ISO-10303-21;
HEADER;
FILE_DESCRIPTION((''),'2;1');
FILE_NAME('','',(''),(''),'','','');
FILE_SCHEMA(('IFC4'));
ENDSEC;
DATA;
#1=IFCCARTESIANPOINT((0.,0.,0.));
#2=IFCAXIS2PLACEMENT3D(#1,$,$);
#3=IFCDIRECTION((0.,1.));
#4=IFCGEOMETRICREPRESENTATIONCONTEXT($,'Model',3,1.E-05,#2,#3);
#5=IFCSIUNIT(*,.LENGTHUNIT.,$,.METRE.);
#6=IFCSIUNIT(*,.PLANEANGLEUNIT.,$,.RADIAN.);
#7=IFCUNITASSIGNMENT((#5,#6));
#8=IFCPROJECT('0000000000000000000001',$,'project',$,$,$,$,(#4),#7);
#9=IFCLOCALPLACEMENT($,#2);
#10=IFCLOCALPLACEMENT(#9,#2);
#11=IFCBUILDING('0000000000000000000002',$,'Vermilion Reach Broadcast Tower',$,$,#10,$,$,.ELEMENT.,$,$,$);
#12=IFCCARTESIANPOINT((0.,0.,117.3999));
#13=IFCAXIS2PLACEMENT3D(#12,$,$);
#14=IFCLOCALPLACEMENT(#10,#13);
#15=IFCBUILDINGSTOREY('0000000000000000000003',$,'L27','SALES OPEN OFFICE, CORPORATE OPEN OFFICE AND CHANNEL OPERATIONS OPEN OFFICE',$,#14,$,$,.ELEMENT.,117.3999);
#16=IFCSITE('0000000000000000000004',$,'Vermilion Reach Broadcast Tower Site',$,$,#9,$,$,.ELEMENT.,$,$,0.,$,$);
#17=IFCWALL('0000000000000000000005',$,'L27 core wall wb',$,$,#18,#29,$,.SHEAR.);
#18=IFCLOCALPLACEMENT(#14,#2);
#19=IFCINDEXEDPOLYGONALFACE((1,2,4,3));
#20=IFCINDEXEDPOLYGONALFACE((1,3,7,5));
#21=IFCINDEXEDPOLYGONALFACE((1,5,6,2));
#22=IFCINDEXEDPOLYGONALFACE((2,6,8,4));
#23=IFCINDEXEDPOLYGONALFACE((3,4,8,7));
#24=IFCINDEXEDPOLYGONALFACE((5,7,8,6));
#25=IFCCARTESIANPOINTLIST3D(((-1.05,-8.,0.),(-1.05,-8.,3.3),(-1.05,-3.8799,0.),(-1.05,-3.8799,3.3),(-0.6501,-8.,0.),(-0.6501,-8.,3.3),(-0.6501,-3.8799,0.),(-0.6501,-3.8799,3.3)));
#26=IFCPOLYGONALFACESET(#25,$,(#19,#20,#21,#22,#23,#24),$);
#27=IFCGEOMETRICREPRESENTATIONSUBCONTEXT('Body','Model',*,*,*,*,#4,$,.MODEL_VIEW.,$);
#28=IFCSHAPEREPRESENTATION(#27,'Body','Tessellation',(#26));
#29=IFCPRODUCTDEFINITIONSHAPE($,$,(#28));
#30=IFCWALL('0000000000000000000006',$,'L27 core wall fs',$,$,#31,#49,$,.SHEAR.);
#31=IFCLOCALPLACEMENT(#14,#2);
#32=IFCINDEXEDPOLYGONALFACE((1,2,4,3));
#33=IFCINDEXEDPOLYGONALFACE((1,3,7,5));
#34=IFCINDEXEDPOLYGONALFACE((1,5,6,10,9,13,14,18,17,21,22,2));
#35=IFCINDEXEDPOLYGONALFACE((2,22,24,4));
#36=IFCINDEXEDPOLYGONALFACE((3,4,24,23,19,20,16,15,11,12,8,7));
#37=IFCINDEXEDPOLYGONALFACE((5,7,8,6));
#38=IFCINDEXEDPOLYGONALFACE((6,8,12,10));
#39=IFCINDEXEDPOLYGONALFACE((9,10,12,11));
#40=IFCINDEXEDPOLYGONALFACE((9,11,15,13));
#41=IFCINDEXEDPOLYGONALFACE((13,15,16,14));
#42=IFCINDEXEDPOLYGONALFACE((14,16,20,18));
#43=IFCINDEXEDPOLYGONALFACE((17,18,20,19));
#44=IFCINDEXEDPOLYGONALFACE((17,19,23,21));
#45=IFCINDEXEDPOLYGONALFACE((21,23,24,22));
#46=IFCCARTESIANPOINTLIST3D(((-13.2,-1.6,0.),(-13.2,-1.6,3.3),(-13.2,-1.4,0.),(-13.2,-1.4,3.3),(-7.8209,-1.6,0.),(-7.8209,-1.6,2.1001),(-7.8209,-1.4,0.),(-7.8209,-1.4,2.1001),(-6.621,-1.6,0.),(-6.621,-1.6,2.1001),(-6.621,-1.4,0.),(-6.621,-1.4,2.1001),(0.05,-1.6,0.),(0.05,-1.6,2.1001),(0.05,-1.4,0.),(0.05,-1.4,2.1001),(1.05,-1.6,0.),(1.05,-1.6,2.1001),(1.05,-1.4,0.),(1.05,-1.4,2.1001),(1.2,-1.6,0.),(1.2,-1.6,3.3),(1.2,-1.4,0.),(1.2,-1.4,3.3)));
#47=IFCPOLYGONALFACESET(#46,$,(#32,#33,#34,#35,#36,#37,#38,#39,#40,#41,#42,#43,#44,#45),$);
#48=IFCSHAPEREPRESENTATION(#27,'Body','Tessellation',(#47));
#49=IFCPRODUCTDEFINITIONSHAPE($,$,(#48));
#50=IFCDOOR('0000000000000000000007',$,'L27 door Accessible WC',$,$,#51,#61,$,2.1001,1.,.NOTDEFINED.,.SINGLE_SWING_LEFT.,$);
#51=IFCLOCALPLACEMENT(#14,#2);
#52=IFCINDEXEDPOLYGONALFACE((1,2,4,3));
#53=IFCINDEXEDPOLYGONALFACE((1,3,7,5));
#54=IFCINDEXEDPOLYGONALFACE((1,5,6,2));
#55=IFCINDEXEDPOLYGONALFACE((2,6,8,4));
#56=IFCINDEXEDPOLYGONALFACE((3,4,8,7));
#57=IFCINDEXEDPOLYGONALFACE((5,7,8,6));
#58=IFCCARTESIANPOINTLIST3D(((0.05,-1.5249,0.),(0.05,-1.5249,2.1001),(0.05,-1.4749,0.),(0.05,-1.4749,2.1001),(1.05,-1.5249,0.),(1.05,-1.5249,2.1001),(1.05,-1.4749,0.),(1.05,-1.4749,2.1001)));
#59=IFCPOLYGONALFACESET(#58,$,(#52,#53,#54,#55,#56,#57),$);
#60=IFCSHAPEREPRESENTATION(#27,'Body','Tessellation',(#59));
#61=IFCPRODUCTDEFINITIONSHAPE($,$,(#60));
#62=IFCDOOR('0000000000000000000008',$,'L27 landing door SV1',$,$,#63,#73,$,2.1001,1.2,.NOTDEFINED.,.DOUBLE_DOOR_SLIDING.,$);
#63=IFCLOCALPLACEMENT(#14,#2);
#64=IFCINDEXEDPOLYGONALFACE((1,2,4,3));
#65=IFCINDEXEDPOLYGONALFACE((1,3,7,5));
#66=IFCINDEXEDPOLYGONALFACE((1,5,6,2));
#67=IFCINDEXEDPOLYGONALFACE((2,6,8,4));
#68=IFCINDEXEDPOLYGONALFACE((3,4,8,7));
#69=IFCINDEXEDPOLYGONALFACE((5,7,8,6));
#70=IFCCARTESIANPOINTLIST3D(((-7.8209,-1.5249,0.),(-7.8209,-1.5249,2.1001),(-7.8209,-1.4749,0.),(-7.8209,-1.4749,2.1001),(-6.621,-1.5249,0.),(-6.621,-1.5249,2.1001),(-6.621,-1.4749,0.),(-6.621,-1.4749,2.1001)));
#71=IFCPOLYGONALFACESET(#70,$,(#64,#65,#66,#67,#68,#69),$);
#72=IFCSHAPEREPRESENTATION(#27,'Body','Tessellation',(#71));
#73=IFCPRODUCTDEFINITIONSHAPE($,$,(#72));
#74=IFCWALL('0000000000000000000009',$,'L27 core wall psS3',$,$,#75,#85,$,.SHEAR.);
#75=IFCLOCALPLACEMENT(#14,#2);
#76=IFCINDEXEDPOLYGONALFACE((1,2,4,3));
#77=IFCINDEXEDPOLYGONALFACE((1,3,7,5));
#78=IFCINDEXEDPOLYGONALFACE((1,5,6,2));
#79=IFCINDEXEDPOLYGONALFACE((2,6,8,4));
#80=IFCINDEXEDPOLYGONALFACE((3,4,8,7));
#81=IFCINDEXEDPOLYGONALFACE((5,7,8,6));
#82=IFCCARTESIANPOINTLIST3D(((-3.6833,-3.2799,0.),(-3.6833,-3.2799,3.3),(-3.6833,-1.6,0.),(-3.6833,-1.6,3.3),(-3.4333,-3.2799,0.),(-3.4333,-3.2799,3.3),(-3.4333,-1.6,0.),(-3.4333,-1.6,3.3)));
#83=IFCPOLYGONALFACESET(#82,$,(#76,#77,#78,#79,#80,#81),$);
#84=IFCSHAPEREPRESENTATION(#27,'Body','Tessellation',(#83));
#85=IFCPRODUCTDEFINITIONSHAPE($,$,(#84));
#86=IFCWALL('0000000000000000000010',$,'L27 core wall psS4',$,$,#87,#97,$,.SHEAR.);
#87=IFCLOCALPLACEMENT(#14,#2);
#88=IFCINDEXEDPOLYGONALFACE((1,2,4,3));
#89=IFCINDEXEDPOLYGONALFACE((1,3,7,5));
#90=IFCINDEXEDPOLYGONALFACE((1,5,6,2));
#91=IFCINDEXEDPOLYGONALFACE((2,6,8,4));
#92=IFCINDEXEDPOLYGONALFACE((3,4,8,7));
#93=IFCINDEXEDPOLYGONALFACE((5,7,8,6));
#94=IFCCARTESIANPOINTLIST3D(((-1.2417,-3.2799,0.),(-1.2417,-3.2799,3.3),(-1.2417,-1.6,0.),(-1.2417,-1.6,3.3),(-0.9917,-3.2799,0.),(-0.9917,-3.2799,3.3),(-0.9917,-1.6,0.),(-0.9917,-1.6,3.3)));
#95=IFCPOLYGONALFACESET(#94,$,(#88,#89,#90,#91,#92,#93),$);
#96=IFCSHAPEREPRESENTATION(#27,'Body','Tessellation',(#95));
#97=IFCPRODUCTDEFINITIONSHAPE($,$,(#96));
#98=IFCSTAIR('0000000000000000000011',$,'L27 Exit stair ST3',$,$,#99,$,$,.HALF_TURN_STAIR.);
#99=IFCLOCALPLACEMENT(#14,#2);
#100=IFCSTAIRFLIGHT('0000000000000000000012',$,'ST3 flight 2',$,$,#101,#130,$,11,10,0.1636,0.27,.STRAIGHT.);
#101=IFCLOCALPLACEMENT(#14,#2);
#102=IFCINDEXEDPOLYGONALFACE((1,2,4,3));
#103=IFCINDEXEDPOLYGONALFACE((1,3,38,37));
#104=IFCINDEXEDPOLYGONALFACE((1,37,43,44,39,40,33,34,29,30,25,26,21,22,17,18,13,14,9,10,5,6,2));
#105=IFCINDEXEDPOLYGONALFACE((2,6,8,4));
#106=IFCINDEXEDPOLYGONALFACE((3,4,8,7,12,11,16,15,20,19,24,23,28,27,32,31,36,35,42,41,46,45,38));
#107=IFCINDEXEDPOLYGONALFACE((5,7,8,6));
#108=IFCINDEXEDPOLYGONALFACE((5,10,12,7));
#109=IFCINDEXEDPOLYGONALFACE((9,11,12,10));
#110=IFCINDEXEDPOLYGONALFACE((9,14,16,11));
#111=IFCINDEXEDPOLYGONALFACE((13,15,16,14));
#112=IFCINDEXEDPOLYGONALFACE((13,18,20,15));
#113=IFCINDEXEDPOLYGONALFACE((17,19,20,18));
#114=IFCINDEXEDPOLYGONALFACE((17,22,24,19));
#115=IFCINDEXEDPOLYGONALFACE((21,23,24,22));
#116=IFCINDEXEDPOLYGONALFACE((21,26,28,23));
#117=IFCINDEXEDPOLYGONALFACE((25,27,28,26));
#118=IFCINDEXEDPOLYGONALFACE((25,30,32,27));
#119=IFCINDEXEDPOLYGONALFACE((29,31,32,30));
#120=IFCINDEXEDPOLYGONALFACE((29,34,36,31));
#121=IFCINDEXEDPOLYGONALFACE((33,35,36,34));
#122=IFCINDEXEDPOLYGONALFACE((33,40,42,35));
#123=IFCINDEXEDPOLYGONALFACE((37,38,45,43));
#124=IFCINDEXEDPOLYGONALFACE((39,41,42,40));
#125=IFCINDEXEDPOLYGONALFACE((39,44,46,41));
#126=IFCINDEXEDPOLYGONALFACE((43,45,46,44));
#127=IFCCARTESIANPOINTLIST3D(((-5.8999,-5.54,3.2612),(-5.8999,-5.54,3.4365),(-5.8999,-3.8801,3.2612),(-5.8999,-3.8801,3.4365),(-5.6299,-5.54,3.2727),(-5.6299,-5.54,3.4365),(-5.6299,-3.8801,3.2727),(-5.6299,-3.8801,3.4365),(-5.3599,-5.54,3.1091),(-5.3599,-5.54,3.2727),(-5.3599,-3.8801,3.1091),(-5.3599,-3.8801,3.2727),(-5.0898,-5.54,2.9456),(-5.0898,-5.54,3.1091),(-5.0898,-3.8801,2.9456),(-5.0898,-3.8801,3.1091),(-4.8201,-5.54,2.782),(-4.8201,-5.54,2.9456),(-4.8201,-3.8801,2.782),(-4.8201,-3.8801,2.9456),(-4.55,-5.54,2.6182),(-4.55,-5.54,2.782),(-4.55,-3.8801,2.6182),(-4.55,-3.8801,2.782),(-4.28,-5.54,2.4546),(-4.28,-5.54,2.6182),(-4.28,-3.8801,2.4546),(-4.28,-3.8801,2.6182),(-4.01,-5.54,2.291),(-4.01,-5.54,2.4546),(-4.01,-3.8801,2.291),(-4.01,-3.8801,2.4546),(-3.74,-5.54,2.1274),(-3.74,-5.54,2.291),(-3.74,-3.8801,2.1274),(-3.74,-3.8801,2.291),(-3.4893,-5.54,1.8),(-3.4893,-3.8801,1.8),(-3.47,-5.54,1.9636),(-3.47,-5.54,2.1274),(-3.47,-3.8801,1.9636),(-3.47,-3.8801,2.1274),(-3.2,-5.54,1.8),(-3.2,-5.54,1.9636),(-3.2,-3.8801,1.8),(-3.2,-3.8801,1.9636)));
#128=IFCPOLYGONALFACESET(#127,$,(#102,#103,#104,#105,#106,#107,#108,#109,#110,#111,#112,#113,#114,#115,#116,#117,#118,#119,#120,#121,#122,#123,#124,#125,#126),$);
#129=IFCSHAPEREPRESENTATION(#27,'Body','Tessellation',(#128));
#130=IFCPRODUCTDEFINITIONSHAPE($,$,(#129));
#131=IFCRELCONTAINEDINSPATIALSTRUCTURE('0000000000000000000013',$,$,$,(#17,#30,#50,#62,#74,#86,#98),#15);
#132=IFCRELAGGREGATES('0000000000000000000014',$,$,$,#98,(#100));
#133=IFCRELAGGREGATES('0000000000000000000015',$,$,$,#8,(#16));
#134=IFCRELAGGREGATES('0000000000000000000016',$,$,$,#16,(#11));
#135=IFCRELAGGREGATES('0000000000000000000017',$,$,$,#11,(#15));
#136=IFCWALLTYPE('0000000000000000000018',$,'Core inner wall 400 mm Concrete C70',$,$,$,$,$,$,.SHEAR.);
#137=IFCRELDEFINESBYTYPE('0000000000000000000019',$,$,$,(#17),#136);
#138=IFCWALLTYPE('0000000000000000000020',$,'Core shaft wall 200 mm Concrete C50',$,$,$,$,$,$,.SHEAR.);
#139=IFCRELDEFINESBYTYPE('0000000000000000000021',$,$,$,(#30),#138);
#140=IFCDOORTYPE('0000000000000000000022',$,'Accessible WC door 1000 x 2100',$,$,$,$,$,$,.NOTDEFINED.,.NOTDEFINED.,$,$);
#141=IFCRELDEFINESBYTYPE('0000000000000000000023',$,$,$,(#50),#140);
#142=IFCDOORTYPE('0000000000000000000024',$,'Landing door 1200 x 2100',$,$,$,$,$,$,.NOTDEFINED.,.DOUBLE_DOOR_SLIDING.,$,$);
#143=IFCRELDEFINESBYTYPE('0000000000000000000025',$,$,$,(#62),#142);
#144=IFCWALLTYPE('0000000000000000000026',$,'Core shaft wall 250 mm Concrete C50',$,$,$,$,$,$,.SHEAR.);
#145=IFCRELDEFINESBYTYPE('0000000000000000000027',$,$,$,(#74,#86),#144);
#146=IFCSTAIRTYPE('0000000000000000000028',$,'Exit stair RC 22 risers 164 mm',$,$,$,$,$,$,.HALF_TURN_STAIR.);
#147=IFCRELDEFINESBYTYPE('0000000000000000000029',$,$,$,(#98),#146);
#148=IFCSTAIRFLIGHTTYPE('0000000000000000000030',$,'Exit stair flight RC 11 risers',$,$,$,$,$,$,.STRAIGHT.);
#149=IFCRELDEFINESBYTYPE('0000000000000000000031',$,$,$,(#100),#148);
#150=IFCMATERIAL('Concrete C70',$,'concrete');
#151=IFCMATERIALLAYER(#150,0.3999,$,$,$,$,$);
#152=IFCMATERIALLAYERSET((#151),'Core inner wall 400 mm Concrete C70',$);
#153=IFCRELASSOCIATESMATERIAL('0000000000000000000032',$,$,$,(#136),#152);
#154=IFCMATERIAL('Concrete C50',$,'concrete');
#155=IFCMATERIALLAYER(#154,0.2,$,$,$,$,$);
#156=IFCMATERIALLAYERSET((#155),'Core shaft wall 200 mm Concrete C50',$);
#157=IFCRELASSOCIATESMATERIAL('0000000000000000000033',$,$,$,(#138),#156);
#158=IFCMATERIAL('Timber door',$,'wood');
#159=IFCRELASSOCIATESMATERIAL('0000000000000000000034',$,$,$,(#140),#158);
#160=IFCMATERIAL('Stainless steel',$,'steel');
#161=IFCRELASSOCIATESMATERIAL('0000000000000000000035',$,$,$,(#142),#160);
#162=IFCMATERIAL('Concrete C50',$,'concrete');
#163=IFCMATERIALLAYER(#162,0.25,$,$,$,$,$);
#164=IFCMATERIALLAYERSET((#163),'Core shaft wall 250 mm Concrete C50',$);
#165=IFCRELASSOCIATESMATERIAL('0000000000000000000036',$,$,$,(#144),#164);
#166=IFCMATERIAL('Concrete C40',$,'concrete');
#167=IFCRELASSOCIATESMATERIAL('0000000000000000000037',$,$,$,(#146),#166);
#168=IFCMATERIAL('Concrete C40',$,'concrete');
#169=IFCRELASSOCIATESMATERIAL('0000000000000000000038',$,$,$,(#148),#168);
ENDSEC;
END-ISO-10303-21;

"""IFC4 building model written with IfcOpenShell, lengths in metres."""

from ifc_helpers import new_model, si_unit, direction, frame, frame_2d, origin, place, context, subcontext, project, spatial, polyline, rectangle, outline, extrude, material, layer, layer_set, type_object, element, fill, aggregate, save


model = new_model("IFC4")

# Units and contexts
model_context = context("Model", 3, precision=1e-05, world=origin(), true_north=direction((0.0, 1.0)))
body_context = subcontext(model_context, "Body", "Model", "MODEL_VIEW")
ifc_project = project(units=[si_unit("LENGTHUNIT", "METRE"), si_unit("PLANEANGLEUNIT", "RADIAN")], contexts=[model_context])

# Site, building, storey
site_placement = place(None, origin())
site = spatial("IfcSite", under=ifc_project, at=site_placement, Name="Vermilion Reach Broadcast Tower Site", CompositionType="ELEMENT", RefElevation=0.0)
building_placement = place(site_placement, origin())
building = spatial("IfcBuilding", under=site, at=building_placement, Name="Vermilion Reach Broadcast Tower", CompositionType="ELEMENT")
storey_placement = place(building_placement, frame((0.0, 0.0, 117.3999)))
storey = spatial("IfcBuildingStorey", under=building, at=storey_placement, Name="L27", Description="SALES OPEN OFFICE, CORPORATE OPEN OFFICE AND CHANNEL OPERATIONS OPEN OFFICE", CompositionType="ELEMENT", Elevation=117.3999)

# Wall
ifc_material_1 = material(Name="Concrete C70", Category="concrete")
ifc_layer_1 = layer(ifc_material_1, 0.3999)
ifc_layer_set_1 = layer_set([ifc_layer_1], Name="Core inner wall 400 mm Concrete C70")
wall_type_1 = type_object("IfcWallType", Name="Core inner wall 400 mm Concrete C70", PredefinedType="SHEAR", material=ifc_layer_set_1)
wall_1_placement = place(storey_placement, frame((-0.8501, -3.8799, 0.0), z_axis=(0.0, 0.0, 1.0), x_axis=(0.0, -1.0, 0.0)))
element("IfcWall", 1, at=wall_1_placement, inside=storey, type_object=wall_type_1, Name="L27 core wall wb", PredefinedType="SHEAR", context=body_context, shape_type="SweptSolid", body=[
    extrude(rectangle(XDim=4.1201, YDim=0.3999, at=frame_2d((2.0601, 0.0))), origin(), (0.0, 0.0, 1.0), 3.3),
])

# Wall, openings, doors
ifc_material_2 = material(Name="Concrete C50", Category="concrete")
ifc_layer_2 = layer(ifc_material_2, 0.2)
ifc_layer_set_2 = layer_set([ifc_layer_2], Name="Core shaft wall 200 mm Concrete C50")
wall_type_2 = type_object("IfcWallType", Name="Core shaft wall 200 mm Concrete C50", PredefinedType="SHEAR", material=ifc_layer_set_2)
wall_2_placement = place(storey_placement, frame((1.2, -1.5, 0.0), z_axis=(0.0, 0.0, 1.0), x_axis=(-1.0, 0.0, 0.0)))
wall_2 = element("IfcWall", 2, at=wall_2_placement, inside=storey, type_object=wall_type_2, Name="L27 core wall fs", PredefinedType="SHEAR", context=body_context, shape_type="SweptSolid", body=[
    extrude(rectangle(XDim=14.3999, YDim=0.2, at=frame_2d((7.2, 0.0))), origin(), (0.0, 0.0, 1.0), 3.3),
])
opening_1_placement = place(wall_2_placement, frame((7.8208, 0.0, 0.0)))
opening_1 = element("IfcOpeningElement", 3, at=opening_1_placement, cuts=wall_2, PredefinedType="OPENING", context=body_context, shape_type="SweptSolid", body=[
    extrude(rectangle(XDim=1.2, YDim=2.1001, at=frame_2d((0.6001, 1.05))), frame((0.0, 0.1099, 0.0), z_axis=(0.0, -1.0, 0.0), x_axis=(1.0, 0.0, 0.0)), (0.0, 0.0, 1.0), 0.22),
])
opening_2_placement = place(wall_2_placement, frame((0.1499, 0.0, 0.0)))
opening_2 = element("IfcOpeningElement", 4, at=opening_2_placement, cuts=wall_2, PredefinedType="OPENING", context=body_context, shape_type="SweptSolid", body=[
    extrude(rectangle(XDim=1.0, YDim=2.1001, at=frame_2d((0.5, 1.05))), frame((0.0, 0.1099, 0.0), z_axis=(0.0, -1.0, 0.0), x_axis=(1.0, 0.0, 0.0)), (0.0, 0.0, 1.0), 0.22),
])
ifc_material_3 = material(Name="Timber door", Category="wood")
door_type_1 = type_object("IfcDoorType", Name="Accessible WC door 1000 x 2100", OperationType="NOTDEFINED", PredefinedType="NOTDEFINED", material=ifc_material_3)
door_1_placement = place(opening_2_placement, origin())
door_1 = element("IfcDoor", 5, at=door_1_placement, inside=storey, type_object=door_type_1, Name="L27 door Accessible WC", OperationType="SINGLE_SWING_LEFT", OverallHeight=2.1001, OverallWidth=1.0, PredefinedType="NOTDEFINED", context=body_context, shape_type="SweptSolid", body=[
    extrude(rectangle(XDim=1.0, YDim=2.1001, at=frame_2d((0.5, 1.05))), frame((0.0, 0.0249, 0.0), z_axis=(0.0, -1.0, 0.0), x_axis=(1.0, 0.0, 0.0)), (0.0, 0.0, 1.0), 0.05),
])
fill(opening_2, door_1)
ifc_material_4 = material(Name="Stainless steel", Category="steel")
door_type_2 = type_object("IfcDoorType", Name="Landing door 1200 x 2100", OperationType="DOUBLE_DOOR_SLIDING", PredefinedType="NOTDEFINED", material=ifc_material_4)
door_2_placement = place(opening_1_placement, origin())
door_2 = element("IfcDoor", 6, at=door_2_placement, inside=storey, type_object=door_type_2, Name="L27 landing door SV1", OperationType="DOUBLE_DOOR_SLIDING", OverallHeight=2.1001, OverallWidth=1.2, PredefinedType="NOTDEFINED", context=body_context, shape_type="SweptSolid", body=[
    extrude(rectangle(XDim=1.2, YDim=2.1001, at=frame_2d((0.6001, 1.05))), frame((0.0, 0.0249, 0.0), z_axis=(0.0, -1.0, 0.0), x_axis=(1.0, 0.0, 0.0)), (0.0, 0.0, 1.0), 0.05),
])
fill(opening_1, door_2)

# Walls
ifc_material_5 = material(Name="Concrete C50", Category="concrete")
ifc_layer_3 = layer(ifc_material_5, 0.25)
ifc_layer_set_3 = layer_set([ifc_layer_3], Name="Core shaft wall 250 mm Concrete C50")
wall_type_3 = type_object("IfcWallType", Name="Core shaft wall 250 mm Concrete C50", PredefinedType="SHEAR", material=ifc_layer_set_3)
for number, where, z_axis, x_axis, name in (
    (7, (-3.5583, -1.6001, 0.0), (0.0, 0.0, 1.0), (0.0, -1.0, 0.0), "L27 core wall psS3"),
    (8, (-1.1167, -1.6001, 0.0), (0.0, 0.0, 1.0), (0.0, -1.0, 0.0), "L27 core wall psS4"),
):
    element("IfcWall", number, at=place(storey_placement, frame(where, z_axis=z_axis, x_axis=x_axis)), inside=storey, type_object=wall_type_3, Name=name, PredefinedType="SHEAR", context=body_context, shape_type="SweptSolid", body=[
        extrude(rectangle(XDim=1.6799, YDim=0.25, at=frame_2d((0.8398, 0.0))), origin(), (0.0, 0.0, 1.0), 3.3),
    ])

# Stair, stair flight
ifc_material_6 = material(Name="Concrete C40", Category="concrete")
stair_type = type_object("IfcStairType", Name="Exit stair RC 22 risers 164 mm", PredefinedType="HALF_TURN_STAIR", material=ifc_material_6)
placement_1 = place(storey_placement, origin())
stair = element("IfcStair", 9, at=placement_1, inside=storey, type_object=stair_type, Name="L27 Exit stair ST3", PredefinedType="HALF_TURN_STAIR")
ifc_material_7 = material(Name="Concrete C40", Category="concrete")
stair_flight_type = type_object("IfcStairFlightType", Name="Exit stair flight RC 11 risers", PredefinedType="STRAIGHT", material=ifc_material_7)
stair_flight_placement = place(storey_placement, frame((-3.2, -4.71, 1.8), z_axis=(0.0, 0.0, 1.0), x_axis=(-1.0, 0.0, 0.0)))
stair_flight = element("IfcStairFlight", 10, at=stair_flight_placement, type_object=stair_flight_type, Name="ST3 flight 2", NumberOfRisers=11, NumberOfTreads=10, PredefinedType="STRAIGHT", RiserHeight=0.1636, TreadLength=0.27, context=body_context, shape_type="SweptSolid", body=[
    extrude(outline(polyline([(0.0, 0.0), (0.0, 0.1636), (0.27, 0.1636), (0.27, 0.3274), (0.54, 0.3274), (0.54, 0.491), (0.8101, 0.491), (0.8101, 0.6545), (1.0801, 0.6545), (1.0801, 0.8181), (1.3501, 0.8181), (1.3501, 0.9819), (1.6201, 0.9819), (1.6201, 1.1455), (1.8899, 1.1455), (1.8899, 1.3091), (2.1599, 1.3091), (2.1599, 1.4727), (2.4299, 1.4727), (2.4299, 1.6365), (2.7, 1.6365), (2.7, 1.8), (2.7, 1.4612), (0.2893, 0.0), (0.0, 0.0)])), frame((0.0, 0.8301, 0.0), z_axis=(0.0, -1.0, 0.0), x_axis=(1.0, 0.0, 0.0)), (0.0, 0.0, 1.0), 1.6599),
])
aggregate(stair, [stair_flight])

save(model, "model.ifc")
